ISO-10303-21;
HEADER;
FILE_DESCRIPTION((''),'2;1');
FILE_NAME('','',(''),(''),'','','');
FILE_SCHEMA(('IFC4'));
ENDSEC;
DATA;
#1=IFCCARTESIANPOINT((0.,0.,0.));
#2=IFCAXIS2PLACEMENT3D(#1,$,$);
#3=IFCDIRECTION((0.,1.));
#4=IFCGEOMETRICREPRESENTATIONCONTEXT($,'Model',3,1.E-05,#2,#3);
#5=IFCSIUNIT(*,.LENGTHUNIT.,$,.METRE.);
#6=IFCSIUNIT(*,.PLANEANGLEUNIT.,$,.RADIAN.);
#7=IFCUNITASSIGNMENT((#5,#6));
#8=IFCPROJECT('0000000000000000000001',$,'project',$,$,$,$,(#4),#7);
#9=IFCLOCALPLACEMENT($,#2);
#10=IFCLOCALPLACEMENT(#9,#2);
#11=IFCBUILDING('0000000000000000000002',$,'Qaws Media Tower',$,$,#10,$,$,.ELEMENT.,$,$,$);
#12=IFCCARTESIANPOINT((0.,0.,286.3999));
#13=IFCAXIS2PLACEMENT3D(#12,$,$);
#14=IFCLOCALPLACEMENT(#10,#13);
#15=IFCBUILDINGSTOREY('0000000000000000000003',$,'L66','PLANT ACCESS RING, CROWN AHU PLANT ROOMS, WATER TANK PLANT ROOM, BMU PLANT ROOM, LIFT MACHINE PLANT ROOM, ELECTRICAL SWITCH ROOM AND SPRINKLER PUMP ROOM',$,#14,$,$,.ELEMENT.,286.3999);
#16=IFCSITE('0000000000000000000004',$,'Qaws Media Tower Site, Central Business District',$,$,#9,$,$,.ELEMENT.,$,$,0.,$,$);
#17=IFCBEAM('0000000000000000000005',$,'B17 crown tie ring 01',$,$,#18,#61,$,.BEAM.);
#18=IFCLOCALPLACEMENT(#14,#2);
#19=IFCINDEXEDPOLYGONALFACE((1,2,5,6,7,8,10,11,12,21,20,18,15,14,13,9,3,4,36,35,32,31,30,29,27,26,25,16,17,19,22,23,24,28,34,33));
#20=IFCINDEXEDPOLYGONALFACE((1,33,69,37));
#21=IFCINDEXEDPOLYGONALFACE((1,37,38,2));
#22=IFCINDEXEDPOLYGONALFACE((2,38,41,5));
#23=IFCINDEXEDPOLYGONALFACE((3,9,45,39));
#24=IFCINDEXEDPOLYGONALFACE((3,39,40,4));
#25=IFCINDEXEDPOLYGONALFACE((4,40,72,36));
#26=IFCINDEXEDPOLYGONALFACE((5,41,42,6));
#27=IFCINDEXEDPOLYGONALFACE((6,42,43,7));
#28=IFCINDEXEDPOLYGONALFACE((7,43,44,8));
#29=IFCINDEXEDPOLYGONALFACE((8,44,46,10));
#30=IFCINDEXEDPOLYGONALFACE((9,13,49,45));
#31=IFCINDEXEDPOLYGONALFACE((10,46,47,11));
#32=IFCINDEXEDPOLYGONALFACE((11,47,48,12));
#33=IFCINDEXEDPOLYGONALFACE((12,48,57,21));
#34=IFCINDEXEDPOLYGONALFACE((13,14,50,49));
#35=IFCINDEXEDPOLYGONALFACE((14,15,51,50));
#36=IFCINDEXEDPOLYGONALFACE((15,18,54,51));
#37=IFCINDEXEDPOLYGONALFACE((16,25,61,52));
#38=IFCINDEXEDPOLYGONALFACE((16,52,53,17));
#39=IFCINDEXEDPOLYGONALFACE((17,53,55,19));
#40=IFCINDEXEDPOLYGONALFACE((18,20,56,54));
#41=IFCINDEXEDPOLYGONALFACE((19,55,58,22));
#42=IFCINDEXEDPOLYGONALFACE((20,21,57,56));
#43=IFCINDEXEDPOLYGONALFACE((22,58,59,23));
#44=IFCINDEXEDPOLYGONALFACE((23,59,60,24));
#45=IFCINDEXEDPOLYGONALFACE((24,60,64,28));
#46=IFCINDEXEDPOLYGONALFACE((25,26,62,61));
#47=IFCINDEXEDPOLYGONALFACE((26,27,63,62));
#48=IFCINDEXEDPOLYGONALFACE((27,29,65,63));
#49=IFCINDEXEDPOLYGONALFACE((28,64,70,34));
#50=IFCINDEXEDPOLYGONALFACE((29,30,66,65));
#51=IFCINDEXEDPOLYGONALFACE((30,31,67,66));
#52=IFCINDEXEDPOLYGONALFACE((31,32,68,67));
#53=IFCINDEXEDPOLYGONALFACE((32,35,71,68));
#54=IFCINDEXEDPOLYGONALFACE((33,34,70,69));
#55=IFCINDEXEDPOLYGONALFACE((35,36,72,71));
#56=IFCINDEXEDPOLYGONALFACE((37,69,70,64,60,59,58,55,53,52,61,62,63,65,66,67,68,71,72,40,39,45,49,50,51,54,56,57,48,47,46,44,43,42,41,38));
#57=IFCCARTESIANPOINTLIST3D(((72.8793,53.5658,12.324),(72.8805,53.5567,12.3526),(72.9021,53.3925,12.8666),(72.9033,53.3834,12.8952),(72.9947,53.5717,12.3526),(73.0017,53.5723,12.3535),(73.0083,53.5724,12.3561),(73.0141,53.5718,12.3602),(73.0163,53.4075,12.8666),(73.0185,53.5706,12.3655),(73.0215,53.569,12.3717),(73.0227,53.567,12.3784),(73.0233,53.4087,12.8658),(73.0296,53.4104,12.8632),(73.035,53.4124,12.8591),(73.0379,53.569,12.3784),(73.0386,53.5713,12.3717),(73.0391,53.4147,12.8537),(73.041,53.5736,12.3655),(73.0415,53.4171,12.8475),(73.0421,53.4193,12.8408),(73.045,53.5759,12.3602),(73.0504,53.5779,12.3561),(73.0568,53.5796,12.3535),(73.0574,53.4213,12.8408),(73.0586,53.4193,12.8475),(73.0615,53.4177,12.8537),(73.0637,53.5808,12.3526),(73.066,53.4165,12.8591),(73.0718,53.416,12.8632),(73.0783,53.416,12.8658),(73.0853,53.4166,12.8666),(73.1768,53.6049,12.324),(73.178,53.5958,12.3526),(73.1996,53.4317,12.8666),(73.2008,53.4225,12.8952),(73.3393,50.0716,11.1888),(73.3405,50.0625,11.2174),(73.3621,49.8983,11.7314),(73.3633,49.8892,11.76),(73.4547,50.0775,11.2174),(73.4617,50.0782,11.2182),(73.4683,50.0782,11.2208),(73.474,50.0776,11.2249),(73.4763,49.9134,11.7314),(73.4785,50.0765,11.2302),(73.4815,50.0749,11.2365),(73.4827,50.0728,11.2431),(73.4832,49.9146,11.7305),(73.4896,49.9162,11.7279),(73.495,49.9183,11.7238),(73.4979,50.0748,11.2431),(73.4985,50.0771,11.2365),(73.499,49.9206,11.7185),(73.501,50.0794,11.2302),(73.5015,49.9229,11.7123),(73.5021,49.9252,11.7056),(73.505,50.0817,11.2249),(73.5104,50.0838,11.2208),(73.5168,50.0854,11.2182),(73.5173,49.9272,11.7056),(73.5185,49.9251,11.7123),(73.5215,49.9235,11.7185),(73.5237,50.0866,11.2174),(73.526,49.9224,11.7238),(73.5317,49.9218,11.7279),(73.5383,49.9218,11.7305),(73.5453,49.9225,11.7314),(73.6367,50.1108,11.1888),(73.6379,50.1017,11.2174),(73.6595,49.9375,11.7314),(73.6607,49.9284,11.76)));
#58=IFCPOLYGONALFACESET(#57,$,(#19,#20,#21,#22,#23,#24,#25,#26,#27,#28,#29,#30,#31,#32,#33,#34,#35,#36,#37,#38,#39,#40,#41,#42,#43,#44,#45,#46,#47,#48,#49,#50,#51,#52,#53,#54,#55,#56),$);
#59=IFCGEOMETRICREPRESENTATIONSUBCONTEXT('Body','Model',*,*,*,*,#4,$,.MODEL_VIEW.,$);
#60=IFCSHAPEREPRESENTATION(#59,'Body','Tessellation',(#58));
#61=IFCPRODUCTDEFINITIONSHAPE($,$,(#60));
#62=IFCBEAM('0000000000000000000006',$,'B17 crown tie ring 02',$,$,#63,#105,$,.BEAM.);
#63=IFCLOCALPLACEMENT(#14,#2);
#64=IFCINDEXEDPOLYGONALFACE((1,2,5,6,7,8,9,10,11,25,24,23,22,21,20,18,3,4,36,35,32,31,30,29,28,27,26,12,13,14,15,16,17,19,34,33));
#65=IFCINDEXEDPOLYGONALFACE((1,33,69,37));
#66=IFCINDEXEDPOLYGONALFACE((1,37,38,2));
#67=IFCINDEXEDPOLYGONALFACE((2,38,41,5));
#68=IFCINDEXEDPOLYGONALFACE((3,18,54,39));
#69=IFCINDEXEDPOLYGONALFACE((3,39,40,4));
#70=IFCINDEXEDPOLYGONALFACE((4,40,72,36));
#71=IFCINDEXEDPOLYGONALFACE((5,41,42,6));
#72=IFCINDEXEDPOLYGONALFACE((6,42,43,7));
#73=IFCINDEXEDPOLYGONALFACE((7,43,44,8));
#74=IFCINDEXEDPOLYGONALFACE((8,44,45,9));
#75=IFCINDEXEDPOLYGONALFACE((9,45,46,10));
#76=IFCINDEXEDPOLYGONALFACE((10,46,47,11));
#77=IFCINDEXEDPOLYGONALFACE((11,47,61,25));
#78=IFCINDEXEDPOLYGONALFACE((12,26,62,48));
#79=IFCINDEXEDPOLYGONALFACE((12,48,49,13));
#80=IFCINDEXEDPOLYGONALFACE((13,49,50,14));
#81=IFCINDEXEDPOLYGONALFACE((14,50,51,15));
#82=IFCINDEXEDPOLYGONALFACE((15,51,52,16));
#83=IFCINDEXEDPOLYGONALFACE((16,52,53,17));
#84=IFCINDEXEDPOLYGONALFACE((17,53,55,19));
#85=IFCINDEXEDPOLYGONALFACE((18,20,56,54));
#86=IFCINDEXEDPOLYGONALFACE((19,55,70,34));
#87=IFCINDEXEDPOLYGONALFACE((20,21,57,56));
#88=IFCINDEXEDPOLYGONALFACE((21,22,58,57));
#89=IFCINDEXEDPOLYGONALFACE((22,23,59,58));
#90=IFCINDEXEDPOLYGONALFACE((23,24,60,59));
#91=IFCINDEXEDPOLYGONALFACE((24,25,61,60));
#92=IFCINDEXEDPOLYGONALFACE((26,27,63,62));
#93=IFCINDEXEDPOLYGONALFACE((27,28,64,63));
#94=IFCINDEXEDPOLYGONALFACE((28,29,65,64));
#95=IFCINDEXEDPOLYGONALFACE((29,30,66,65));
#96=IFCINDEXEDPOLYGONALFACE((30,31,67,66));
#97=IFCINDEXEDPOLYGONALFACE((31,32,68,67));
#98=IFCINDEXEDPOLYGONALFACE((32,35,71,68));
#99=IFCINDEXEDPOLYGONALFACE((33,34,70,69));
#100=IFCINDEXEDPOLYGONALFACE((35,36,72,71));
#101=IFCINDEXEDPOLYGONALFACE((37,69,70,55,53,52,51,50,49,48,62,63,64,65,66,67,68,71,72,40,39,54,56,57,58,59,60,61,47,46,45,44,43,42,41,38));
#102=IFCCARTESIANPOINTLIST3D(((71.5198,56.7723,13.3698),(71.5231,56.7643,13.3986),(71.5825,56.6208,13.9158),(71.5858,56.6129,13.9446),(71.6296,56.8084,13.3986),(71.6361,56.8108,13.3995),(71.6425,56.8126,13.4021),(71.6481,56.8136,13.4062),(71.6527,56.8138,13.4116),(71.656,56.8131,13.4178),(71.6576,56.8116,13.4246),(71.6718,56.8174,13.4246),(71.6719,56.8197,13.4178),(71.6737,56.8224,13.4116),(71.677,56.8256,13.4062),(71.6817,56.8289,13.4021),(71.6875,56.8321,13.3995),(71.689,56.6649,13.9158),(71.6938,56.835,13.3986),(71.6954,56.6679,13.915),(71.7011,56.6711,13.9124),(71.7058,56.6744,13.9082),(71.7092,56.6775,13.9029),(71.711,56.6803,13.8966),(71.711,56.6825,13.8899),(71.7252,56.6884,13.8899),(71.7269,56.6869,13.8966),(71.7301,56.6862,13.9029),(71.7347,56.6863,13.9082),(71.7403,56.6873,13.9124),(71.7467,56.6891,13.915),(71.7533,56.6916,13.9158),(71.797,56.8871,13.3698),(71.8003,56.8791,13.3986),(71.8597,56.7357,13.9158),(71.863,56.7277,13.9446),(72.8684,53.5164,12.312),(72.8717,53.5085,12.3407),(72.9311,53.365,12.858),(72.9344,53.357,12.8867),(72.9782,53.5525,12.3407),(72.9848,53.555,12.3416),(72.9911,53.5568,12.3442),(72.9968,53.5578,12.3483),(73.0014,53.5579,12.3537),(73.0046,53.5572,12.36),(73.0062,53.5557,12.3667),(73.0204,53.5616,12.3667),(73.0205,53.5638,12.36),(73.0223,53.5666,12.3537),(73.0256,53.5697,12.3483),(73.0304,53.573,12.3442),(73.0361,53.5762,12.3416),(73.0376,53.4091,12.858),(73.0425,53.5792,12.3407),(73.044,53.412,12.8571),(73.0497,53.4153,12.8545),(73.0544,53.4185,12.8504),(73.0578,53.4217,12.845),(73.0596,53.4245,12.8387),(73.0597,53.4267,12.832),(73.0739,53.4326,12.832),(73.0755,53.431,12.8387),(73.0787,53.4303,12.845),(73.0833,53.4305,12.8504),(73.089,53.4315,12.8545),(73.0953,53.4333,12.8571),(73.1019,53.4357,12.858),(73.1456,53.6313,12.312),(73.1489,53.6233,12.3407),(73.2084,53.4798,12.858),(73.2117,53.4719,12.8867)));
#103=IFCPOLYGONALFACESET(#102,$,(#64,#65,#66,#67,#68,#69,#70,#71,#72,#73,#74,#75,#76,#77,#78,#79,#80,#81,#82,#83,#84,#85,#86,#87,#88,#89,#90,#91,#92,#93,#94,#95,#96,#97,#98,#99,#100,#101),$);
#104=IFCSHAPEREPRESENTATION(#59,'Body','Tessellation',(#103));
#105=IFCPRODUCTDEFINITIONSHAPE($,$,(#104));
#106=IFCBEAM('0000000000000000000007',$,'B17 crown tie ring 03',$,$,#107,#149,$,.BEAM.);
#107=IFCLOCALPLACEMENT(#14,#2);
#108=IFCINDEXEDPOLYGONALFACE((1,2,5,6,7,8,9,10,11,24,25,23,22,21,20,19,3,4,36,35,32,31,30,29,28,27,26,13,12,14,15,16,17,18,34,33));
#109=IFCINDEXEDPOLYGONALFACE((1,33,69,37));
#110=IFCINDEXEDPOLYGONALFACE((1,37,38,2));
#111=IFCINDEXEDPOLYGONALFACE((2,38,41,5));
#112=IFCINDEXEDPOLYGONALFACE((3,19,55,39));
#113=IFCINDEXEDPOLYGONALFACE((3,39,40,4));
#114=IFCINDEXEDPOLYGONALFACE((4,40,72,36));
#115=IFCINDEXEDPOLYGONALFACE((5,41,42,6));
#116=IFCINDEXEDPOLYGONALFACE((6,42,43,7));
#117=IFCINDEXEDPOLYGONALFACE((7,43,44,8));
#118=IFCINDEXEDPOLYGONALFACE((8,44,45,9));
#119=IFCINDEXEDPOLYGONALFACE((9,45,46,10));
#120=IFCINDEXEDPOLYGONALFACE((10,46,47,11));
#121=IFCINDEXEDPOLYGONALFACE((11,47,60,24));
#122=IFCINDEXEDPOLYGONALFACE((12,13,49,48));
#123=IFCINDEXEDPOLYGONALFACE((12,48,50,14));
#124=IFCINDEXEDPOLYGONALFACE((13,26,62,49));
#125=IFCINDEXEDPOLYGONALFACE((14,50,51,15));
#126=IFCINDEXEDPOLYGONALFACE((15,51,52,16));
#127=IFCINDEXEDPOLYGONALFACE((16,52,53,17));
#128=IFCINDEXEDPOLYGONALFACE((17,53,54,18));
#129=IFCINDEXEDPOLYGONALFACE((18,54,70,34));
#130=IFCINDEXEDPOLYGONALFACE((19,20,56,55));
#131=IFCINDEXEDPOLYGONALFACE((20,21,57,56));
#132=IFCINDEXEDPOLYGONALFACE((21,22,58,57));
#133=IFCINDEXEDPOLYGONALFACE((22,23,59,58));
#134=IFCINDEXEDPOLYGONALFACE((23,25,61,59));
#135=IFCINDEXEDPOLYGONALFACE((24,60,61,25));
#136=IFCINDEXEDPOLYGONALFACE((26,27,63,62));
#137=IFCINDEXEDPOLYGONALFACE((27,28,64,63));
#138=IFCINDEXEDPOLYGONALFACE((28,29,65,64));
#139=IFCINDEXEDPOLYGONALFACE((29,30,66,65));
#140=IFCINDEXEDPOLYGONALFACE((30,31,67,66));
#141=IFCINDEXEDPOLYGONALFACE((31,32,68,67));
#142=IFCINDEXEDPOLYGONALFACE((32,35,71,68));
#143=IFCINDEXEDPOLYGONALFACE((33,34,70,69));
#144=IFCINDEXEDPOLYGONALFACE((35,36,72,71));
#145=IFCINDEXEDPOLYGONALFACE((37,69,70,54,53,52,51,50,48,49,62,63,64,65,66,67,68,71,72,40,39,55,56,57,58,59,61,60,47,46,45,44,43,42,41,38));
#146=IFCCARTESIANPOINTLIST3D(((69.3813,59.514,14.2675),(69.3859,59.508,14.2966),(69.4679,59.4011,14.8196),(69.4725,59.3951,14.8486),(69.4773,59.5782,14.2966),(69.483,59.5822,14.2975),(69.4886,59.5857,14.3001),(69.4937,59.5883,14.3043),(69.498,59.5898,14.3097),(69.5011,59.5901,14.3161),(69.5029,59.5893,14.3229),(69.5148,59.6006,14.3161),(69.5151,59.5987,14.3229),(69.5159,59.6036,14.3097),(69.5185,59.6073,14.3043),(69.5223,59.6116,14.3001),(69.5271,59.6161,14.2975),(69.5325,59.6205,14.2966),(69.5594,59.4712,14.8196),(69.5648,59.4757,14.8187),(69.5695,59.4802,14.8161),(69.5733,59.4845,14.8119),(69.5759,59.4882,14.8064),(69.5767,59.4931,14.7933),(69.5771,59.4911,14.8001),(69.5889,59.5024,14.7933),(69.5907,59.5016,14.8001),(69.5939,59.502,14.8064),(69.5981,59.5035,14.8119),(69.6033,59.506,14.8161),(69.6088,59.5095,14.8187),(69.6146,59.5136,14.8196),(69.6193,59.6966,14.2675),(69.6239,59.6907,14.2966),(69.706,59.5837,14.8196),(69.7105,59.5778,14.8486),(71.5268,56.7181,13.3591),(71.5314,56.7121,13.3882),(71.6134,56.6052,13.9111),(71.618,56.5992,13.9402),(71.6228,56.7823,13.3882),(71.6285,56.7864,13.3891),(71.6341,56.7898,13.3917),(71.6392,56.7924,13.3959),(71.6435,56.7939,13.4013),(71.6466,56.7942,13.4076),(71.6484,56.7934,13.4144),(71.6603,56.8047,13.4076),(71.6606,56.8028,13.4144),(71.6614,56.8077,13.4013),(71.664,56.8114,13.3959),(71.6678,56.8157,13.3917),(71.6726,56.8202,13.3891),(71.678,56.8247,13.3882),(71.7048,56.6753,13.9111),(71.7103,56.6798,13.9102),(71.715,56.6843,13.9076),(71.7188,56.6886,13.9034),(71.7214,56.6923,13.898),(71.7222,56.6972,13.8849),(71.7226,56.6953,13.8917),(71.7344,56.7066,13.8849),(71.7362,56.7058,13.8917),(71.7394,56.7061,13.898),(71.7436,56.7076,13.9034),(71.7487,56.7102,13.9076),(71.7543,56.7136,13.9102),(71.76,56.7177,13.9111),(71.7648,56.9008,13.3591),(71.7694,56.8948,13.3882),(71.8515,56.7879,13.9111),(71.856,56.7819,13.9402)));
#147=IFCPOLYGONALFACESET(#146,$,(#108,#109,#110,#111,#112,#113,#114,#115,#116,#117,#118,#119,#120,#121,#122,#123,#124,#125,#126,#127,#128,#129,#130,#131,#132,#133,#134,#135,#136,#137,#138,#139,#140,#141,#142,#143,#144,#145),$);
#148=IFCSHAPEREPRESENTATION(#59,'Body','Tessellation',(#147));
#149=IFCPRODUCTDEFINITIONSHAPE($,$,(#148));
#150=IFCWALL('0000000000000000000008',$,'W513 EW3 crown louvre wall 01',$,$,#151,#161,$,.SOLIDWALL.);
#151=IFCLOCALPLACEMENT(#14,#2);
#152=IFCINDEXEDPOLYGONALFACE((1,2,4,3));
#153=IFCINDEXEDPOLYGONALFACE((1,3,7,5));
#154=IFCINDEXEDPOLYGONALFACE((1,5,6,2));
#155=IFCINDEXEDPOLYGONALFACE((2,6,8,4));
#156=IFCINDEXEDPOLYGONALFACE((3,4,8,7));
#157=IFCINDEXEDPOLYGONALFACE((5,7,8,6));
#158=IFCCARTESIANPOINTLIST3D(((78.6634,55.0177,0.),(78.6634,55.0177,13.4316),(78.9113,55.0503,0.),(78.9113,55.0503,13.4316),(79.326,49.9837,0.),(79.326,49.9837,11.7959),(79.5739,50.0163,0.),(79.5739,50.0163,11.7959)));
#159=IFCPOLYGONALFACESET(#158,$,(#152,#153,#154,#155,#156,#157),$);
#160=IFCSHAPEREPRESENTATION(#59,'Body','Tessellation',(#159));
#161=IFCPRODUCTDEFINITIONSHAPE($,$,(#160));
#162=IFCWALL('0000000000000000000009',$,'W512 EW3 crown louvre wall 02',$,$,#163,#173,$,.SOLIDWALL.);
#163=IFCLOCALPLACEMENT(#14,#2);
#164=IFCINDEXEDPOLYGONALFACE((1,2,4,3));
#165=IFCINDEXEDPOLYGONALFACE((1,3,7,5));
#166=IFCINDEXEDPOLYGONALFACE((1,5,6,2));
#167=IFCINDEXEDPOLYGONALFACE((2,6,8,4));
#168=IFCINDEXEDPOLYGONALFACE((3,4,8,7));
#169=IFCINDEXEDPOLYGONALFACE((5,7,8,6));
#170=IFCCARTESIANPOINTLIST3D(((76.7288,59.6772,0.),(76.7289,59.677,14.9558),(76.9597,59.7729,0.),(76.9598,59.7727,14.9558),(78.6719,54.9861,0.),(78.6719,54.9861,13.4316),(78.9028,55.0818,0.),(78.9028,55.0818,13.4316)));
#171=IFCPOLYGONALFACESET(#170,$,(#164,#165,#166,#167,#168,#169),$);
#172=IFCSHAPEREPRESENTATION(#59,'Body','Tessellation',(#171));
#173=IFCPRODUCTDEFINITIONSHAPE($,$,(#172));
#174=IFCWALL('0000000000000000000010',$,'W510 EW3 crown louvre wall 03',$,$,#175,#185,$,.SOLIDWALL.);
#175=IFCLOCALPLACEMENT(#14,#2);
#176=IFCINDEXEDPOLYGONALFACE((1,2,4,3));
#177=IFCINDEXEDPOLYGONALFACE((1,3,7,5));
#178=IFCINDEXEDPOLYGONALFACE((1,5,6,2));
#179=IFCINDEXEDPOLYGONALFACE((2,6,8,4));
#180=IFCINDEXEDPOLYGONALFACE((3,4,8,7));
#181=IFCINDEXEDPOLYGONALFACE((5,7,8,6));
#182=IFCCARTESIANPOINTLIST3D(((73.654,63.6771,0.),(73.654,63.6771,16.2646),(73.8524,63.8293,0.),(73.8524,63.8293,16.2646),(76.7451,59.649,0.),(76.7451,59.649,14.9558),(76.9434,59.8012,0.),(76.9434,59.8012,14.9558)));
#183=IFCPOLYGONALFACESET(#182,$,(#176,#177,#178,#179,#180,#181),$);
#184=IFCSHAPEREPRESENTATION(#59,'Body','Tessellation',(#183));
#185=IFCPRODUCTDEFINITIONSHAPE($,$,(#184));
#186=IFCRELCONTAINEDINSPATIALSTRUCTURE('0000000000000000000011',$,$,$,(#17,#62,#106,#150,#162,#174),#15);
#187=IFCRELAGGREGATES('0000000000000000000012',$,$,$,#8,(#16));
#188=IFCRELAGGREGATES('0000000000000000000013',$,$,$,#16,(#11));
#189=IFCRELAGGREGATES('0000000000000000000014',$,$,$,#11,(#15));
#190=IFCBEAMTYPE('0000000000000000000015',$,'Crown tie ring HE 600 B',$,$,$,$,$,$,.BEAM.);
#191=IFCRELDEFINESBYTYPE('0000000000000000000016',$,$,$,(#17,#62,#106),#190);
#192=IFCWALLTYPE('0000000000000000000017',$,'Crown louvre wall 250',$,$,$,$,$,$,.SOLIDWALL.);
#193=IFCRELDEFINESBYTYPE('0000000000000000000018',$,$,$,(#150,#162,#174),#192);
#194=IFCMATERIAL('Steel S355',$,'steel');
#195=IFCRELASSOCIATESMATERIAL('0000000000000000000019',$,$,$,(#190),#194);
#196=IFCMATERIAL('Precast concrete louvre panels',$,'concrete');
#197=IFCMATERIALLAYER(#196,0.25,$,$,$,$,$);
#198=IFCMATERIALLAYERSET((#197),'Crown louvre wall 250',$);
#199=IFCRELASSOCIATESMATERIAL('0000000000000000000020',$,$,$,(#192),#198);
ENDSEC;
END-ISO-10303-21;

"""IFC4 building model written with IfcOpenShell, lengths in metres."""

from ifc_helpers import new_model, si_unit, direction, frame, origin, origin_2d, place, context, subcontext, project, spatial, polyline, i_section, outline, extrude, material, layer, layer_set, material_profile, profile_set, type_object, element, save


model = new_model("IFC4")

# Units and contexts
model_context = context("Model", 3, precision=1e-05, world=origin(), true_north=direction((0.0, 1.0)))
body_context = subcontext(model_context, "Body", "Model", "MODEL_VIEW")
ifc_project = project(units=[si_unit("LENGTHUNIT", "METRE"), si_unit("PLANEANGLEUNIT", "RADIAN")], contexts=[model_context])

# Site, building, storey
site_placement = place(None, origin())
site = spatial("IfcSite", under=ifc_project, at=site_placement, Name="Qaws Media Tower Site, Central Business District", CompositionType="ELEMENT", RefElevation=0.0)
building_placement = place(site_placement, origin())
building = spatial("IfcBuilding", under=site, at=building_placement, Name="Qaws Media Tower", CompositionType="ELEMENT")
storey_placement = place(building_placement, frame((0.0, 0.0, 286.3999)))
storey = spatial("IfcBuildingStorey", under=building, at=storey_placement, Name="L66", Description="PLANT ACCESS RING, CROWN AHU PLANT ROOMS, WATER TANK PLANT ROOM, BMU PLANT ROOM, LIFT MACHINE PLANT ROOM, ELECTRICAL SWITCH ROOM AND SPRINKLER PUMP ROOM", CompositionType="ELEMENT", Elevation=286.3999)

# Beams
ifc_material_1 = material(Name="Steel S355", Category="steel")
ifc_material_profile_1 = material_profile(ifc_material_1, i_section(OverallWidth=0.3, OverallDepth=0.6001, WebThickness=0.0154, FlangeThickness=0.03, FilletRadius=0.0271, at=origin_2d()), Name="HE 600 B")
ifc_profile_set_1 = profile_set([ifc_material_profile_1], Name="Steel S355")
beam_type_1 = type_object("IfcBeamType", Name="Crown tie ring HE 600 B", PredefinedType="BEAM", material=ifc_profile_set_1)
beam_1_placement = place(storey_placement, frame((73.5, 50.0, 11.4744), z_axis=(-0.124226, 0.943694, 0.306608), x_axis=(-0.991447, -0.130512, 0.0)))
element("IfcBeam", 1, at=beam_1_placement, inside=storey, type_object=beam_type_1, Name="B17 crown tie ring 01", PredefinedType="BEAM", context=body_context, shape_type="SweptSolid", body=[
    extrude(i_section(OverallWidth=0.3, OverallDepth=0.6001, WebThickness=0.0154, FlangeThickness=0.03, FilletRadius=0.0271, at=origin_2d()), origin(), (0.0, 0.0, 1.0), 3.7026),
])
beam_2_placement = place(storey_placement, frame((73.04, 53.4941, 12.5994), z_axis=(-0.366529, 0.884872, 0.287504), x_axis=(-0.923878, -0.382686, 0.0)))
element("IfcBeam", 2, at=beam_2_placement, inside=storey, type_object=beam_type_1, Name="B17 crown tie ring 02", PredefinedType="BEAM", context=body_context, shape_type="SweptSolid", body=[
    extrude(i_section(OverallWidth=0.3, OverallDepth=0.6001, WebThickness=0.0154, FlangeThickness=0.03, FilletRadius=0.0271, at=origin_2d()), origin(), (0.0, 0.0, 1.0), 3.6794),
])
beam_3_placement = place(storey_placement, frame((71.6914, 56.75, 13.6497), z_axis=(-0.589516, 0.768222, 0.249612), x_axis=(-0.793334, -0.608786, 0.0)))
element("IfcBeam", 3, at=beam_3_placement, inside=storey, type_object=beam_type_1, Name="B17 crown tie ring 03", PredefinedType="BEAM", context=body_context, shape_type="SweptSolid", body=[
    extrude(i_section(OverallWidth=0.3, OverallDepth=0.6001, WebThickness=0.0154, FlangeThickness=0.03, FilletRadius=0.0271, at=origin_2d()), origin(), (0.0, 0.0, 1.0), 3.6394),
])

# Walls
ifc_material_2 = material(Name="Precast concrete louvre panels", Category="concrete")
ifc_layer_1 = layer(ifc_material_2, 0.25)
ifc_layer_set_1 = layer_set([ifc_layer_1], Name="Crown louvre wall 250")
wall_type_1 = type_object("IfcWallType", Name="Crown louvre wall 250", PredefinedType="SOLIDWALL", material=ifc_layer_set_1)
wall_1_placement = place(storey_placement, frame((79.45, 50.0, 0.0), z_axis=(0.0, 0.0, 1.0), x_axis=(-0.130501, 0.991448, 0.0)))
element("IfcWall", 4, at=wall_1_placement, inside=storey, type_object=wall_type_1, Name="W513 EW3 crown louvre wall 01", PredefinedType="SOLIDWALL", context=body_context, shape_type="SweptSolid", body=[
    extrude(outline(polyline([(0.0, 0.0), (5.0774, 0.0), (5.0774, 13.4316), (0.0, 11.7959), (0.0, 0.0)])), frame((0.0, 0.125, 0.0), z_axis=(0.0, -1.0, 0.0), x_axis=(1.0, 0.0, 0.0)), (0.0, 0.0, 1.0), 0.25),
])
wall_2_placement = place(storey_placement, frame((78.7874, 55.0339, 0.0), z_axis=(0.0, 0.0, 1.0), x_axis=(-0.382679, 0.923881, 0.0)))
element("IfcWall", 5, at=wall_2_placement, inside=storey, type_object=wall_type_1, Name="W512 EW3 crown louvre wall 02", PredefinedType="SOLIDWALL", context=body_context, shape_type="SweptSolid", body=[
    extrude(outline(polyline([(0.0, 0.0), (5.0776, 0.0), (5.0774, 14.9558), (0.0, 13.4316), (0.0, 0.0)])), frame((0.0, 0.125, 0.0), z_axis=(0.0, -1.0, 0.0), x_axis=(1.0, 0.0, 0.0)), (0.0, 0.0, 1.0), 0.25),
])
wall_3_placement = place(storey_placement, frame((76.8442, 59.7251, 0.0), z_axis=(0.0, 0.0, 1.0), x_axis=(-0.608788, 0.793333, 0.0)))
element("IfcWall", 6, at=wall_3_placement, inside=storey, type_object=wall_type_1, Name="W510 EW3 crown louvre wall 03", PredefinedType="SOLIDWALL", context=body_context, shape_type="SweptSolid", body=[
    extrude(outline(polyline([(0.0, 0.0), (5.0774, 0.0), (5.0774, 16.2646), (0.0, 14.9558), (0.0, 0.0)])), frame((0.0, 0.125, 0.0), z_axis=(0.0, -1.0, 0.0), x_axis=(1.0, 0.0, 0.0)), (0.0, 0.0, 1.0), 0.25),
])

save(model, "model.ifc")
